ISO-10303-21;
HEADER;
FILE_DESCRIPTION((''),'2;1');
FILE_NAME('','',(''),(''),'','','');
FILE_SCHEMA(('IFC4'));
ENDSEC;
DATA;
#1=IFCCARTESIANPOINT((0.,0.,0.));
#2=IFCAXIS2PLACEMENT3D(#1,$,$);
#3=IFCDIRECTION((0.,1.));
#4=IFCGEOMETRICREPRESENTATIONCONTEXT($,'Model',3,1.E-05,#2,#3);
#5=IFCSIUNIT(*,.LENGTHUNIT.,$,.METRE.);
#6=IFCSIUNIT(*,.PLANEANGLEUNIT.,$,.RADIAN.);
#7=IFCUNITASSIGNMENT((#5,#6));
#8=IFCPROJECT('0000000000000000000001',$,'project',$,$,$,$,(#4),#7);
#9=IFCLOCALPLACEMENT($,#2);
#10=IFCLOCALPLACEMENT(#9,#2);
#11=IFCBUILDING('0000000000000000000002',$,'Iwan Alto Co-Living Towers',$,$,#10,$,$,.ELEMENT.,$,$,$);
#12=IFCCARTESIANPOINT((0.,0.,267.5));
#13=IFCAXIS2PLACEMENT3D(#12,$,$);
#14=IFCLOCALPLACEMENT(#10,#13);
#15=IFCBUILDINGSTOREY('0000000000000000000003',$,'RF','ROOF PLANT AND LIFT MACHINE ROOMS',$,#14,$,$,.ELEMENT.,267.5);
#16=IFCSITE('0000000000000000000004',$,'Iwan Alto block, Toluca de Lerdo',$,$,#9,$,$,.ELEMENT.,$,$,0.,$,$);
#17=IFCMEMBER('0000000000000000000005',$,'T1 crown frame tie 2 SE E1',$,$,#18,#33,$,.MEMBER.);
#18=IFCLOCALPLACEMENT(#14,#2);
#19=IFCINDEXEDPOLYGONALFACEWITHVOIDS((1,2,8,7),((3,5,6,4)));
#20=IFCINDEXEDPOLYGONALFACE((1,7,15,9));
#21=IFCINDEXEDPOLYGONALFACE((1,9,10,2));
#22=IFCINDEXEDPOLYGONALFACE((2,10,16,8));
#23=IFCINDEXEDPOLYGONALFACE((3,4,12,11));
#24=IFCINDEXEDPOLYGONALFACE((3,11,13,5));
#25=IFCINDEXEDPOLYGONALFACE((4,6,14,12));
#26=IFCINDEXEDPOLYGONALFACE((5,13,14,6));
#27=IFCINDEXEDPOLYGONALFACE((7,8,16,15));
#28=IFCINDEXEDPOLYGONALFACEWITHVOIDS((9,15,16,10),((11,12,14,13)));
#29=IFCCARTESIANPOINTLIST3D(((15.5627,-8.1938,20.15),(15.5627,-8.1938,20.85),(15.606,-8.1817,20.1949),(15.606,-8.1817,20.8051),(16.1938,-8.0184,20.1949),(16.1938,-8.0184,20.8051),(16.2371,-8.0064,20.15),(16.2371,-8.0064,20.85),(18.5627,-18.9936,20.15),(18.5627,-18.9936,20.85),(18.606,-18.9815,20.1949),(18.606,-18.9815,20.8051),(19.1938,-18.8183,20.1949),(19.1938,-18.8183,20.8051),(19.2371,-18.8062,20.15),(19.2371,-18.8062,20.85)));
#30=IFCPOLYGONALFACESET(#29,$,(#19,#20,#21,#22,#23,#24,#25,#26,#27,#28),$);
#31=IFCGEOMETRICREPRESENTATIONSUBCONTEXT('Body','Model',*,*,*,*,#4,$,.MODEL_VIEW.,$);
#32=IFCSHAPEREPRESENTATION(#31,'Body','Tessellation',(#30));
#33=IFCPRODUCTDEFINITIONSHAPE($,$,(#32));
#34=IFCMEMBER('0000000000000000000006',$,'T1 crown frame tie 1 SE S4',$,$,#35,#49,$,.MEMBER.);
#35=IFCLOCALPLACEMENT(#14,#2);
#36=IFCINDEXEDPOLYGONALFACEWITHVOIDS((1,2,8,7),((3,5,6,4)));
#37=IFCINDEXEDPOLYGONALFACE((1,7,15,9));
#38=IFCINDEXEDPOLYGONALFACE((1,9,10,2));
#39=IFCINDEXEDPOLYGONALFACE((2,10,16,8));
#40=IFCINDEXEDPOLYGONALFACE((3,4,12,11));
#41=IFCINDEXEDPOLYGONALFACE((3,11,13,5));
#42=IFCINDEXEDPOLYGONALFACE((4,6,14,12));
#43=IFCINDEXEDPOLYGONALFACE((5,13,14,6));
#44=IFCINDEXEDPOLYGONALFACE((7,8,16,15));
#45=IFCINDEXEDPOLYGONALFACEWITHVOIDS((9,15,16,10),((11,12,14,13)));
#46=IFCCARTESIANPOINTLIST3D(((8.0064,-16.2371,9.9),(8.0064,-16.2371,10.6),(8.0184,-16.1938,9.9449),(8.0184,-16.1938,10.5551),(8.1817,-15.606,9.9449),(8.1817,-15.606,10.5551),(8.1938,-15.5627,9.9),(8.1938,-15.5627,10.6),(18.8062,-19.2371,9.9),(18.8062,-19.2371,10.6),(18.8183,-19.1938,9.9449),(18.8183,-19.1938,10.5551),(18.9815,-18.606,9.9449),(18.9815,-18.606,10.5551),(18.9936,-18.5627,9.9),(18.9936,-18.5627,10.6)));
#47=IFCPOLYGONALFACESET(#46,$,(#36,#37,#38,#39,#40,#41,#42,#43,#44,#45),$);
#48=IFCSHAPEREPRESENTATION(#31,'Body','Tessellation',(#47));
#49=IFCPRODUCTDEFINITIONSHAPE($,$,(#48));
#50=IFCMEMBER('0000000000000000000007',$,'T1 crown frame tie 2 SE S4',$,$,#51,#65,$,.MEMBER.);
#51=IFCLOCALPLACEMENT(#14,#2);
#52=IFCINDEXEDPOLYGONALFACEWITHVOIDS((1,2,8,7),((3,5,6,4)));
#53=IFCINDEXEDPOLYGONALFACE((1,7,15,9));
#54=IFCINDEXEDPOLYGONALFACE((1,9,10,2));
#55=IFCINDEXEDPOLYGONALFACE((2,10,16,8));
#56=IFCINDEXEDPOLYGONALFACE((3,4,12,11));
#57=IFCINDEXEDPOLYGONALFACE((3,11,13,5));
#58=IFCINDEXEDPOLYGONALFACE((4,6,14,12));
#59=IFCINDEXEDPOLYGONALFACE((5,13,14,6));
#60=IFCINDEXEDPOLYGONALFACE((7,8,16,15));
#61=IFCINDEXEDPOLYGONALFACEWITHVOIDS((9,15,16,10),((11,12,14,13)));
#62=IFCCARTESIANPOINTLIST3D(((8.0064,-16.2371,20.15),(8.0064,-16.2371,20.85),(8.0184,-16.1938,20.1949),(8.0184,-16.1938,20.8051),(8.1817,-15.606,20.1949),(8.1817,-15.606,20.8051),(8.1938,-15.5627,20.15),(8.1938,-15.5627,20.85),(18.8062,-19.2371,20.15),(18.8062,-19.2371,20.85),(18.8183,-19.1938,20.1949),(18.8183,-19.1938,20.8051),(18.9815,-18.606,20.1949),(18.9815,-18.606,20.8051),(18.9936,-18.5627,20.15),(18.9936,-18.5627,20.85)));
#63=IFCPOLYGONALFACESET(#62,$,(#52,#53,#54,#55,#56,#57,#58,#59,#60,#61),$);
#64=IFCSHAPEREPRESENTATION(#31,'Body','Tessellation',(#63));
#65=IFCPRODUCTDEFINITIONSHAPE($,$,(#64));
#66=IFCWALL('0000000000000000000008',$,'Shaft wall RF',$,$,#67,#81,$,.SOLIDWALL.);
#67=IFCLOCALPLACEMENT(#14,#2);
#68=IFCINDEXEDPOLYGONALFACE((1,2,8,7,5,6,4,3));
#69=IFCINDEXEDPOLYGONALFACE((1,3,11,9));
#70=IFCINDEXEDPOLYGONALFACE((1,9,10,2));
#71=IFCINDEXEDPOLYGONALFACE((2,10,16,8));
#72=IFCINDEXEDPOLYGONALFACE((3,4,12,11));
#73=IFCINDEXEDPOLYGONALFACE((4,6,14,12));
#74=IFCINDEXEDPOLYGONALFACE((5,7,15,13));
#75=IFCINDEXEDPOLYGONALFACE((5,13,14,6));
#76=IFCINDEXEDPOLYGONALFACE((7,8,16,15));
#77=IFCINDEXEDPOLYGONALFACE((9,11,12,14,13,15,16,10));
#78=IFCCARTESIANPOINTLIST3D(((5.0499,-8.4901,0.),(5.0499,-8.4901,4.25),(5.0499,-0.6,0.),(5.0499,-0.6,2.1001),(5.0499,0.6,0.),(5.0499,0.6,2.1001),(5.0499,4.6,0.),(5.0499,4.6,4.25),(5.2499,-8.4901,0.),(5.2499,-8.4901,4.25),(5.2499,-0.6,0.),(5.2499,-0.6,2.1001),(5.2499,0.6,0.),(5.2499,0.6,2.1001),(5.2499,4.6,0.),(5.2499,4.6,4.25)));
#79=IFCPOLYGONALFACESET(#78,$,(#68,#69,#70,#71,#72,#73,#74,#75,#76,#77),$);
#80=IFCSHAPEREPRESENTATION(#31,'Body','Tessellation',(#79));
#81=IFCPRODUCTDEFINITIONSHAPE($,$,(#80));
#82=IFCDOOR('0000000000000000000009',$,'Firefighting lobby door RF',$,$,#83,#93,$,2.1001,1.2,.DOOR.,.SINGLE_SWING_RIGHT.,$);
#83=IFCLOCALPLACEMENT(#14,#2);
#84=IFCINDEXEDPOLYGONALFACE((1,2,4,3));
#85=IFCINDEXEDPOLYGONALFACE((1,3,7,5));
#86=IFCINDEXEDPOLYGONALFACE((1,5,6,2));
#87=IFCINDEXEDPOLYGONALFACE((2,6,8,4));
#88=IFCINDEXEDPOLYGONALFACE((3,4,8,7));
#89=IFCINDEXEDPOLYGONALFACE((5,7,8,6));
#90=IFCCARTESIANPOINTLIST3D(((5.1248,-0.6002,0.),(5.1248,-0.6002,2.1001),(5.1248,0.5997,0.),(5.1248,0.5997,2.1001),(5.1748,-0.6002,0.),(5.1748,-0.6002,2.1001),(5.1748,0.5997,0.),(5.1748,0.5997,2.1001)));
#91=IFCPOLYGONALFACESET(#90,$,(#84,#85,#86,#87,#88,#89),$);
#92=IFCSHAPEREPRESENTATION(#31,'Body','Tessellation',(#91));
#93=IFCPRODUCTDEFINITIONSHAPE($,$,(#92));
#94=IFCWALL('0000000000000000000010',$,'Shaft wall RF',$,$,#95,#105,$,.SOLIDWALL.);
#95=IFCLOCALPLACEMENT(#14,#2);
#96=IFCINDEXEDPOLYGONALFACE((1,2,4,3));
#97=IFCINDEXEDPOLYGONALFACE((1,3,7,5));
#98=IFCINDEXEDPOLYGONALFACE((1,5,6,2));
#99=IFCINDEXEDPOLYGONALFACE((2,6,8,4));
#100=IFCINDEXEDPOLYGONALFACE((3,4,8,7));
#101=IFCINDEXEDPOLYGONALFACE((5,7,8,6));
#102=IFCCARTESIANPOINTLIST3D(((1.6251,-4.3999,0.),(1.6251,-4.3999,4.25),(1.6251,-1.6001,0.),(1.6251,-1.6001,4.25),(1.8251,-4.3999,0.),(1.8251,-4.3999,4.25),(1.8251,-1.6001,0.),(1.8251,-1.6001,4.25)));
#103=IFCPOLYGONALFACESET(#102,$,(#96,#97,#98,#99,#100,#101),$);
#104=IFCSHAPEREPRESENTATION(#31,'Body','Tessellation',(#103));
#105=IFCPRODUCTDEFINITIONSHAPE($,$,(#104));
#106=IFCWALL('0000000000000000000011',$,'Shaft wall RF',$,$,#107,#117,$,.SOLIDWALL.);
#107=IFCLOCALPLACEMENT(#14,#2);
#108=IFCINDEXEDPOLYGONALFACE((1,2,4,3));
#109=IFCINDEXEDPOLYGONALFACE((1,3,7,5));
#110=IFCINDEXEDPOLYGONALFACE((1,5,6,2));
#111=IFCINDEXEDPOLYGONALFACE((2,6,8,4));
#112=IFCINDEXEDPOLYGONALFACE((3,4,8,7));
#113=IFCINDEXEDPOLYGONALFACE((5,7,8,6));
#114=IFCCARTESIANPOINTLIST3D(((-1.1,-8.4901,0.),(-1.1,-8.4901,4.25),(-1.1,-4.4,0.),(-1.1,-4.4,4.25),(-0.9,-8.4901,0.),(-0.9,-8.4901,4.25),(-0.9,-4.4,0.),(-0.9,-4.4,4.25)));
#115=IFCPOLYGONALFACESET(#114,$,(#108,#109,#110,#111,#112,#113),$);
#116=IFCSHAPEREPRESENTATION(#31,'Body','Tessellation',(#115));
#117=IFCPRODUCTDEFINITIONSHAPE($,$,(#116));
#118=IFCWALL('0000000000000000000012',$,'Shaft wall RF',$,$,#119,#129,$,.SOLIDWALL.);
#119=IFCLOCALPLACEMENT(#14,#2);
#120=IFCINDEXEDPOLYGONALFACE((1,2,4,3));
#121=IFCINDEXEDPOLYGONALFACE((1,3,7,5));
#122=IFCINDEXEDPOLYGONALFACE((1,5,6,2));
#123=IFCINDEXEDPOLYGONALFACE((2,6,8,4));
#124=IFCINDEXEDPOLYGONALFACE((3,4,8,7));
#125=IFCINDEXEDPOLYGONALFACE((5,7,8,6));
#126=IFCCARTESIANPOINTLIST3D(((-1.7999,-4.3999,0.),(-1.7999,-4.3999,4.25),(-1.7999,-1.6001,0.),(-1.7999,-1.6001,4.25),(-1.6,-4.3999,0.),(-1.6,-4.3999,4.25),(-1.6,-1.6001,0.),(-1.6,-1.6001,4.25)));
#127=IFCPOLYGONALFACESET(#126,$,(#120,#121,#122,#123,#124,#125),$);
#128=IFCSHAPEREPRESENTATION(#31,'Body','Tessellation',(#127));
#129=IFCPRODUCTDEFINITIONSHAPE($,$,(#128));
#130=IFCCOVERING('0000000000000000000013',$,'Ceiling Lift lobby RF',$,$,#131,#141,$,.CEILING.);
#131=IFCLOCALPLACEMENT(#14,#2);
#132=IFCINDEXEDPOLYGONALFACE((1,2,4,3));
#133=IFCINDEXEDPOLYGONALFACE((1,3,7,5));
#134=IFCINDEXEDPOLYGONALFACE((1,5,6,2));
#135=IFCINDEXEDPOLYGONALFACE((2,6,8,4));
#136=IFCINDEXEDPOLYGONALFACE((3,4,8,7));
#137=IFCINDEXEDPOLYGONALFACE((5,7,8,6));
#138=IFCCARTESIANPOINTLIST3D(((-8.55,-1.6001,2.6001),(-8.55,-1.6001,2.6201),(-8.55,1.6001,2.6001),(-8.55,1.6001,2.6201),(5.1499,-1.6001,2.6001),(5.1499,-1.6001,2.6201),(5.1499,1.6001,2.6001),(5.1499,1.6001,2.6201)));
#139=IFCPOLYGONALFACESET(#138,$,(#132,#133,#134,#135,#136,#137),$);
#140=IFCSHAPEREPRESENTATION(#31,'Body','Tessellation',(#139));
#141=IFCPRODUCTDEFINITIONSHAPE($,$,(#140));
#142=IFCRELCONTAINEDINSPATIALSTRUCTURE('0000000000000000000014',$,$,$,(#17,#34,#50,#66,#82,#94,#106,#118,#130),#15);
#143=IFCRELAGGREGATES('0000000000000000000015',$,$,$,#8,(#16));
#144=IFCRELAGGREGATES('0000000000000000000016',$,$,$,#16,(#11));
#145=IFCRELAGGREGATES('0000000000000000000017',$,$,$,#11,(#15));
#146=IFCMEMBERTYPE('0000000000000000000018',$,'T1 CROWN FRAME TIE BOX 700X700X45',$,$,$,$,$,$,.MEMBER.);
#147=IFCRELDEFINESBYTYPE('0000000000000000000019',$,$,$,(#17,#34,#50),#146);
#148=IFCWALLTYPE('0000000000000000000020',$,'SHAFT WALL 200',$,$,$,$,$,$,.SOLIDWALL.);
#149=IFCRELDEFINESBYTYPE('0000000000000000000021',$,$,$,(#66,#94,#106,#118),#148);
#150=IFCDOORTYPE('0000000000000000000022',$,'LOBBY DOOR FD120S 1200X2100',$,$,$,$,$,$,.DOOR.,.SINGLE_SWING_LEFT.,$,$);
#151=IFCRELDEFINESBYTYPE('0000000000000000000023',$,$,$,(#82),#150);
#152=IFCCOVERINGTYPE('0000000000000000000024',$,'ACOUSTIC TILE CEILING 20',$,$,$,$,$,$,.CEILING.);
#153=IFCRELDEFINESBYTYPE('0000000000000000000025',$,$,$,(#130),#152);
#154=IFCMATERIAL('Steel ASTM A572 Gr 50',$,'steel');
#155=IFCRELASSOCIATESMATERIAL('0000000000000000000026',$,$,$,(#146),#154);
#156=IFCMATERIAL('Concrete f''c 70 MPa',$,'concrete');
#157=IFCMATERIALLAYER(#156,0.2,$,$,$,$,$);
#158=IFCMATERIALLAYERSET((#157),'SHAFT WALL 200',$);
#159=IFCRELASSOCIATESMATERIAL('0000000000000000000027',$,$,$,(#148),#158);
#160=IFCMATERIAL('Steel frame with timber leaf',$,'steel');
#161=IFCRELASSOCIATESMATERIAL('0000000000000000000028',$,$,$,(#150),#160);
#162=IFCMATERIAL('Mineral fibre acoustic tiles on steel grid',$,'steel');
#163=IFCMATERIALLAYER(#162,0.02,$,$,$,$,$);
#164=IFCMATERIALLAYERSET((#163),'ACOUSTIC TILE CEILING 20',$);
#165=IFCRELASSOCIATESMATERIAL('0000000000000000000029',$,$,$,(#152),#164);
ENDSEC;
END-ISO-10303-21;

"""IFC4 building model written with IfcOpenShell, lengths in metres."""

from ifc_helpers import new_model, si_unit, direction, frame, frame_2d, origin, origin_2d, place, context, subcontext, project, spatial, polyline, rectangle, hollow_rectangle, outline, extrude, material, layer, layer_set, material_profile, profile_set, type_object, element, fill, save


model = new_model("IFC4")

# Units and contexts
model_context = context("Model", 3, precision=1e-05, world=origin(), true_north=direction((0.0, 1.0)))
body_context = subcontext(model_context, "Body", "Model", "MODEL_VIEW")
ifc_project = project(units=[si_unit("LENGTHUNIT", "METRE"), si_unit("PLANEANGLEUNIT", "RADIAN")], contexts=[model_context])

# Site, building, storey
site_placement = place(None, origin())
site = spatial("IfcSite", under=ifc_project, at=site_placement, Name="Iwan Alto block, Toluca de Lerdo", CompositionType="ELEMENT", RefElevation=0.0)
building_placement = place(site_placement, origin())
building = spatial("IfcBuilding", under=site, at=building_placement, Name="Iwan Alto Co-Living Towers", CompositionType="ELEMENT")
storey_placement = place(building_placement, frame((0.0, 0.0, 267.5)))
storey = spatial("IfcBuildingStorey", under=building, at=storey_placement, Name="RF", Description="ROOF PLANT AND LIFT MACHINE ROOMS", CompositionType="ELEMENT", Elevation=267.5)

# Members
ifc_material_1 = material(Name="Steel ASTM A572 Gr 50", Category="steel")
ifc_material_profile_1 = material_profile(ifc_material_1, hollow_rectangle(XDim=0.7, YDim=0.7, WallThickness=0.0449, at=origin_2d()), Name="BOX 700X700X45")
ifc_profile_set_1 = profile_set([ifc_material_profile_1], Name="Steel ASTM A572 Gr 50")
member_type_1 = type_object("IfcMemberType", Name="T1 CROWN FRAME TIE BOX 700X700X45", PredefinedType="MEMBER", material=ifc_profile_set_1)
for number, where, z_axis, x_axis, name in (
    (1, (18.8999, -18.8999, 20.5), (-0.267648, 0.963517, 0.0), (-0.963517, -0.267648, 0.0), "T1 crown frame tie 2 SE E1"),
    (2, (18.8999, -18.8999, 10.25), (-0.963517, 0.267648, 0.0), (-0.267648, -0.963517, 0.0), "T1 crown frame tie 1 SE S4"),
    (3, (18.8999, -18.8999, 20.5), (-0.963517, 0.267648, 0.0), (-0.267648, -0.963517, 0.0), "T1 crown frame tie 2 SE S4"),
):
    element("IfcMember", number, at=place(storey_placement, frame(where, z_axis=z_axis, x_axis=x_axis)), inside=storey, type_object=member_type_1, Name=name, PredefinedType="MEMBER", context=body_context, shape_type="SweptSolid", body=[
        extrude(hollow_rectangle(XDim=0.7, YDim=0.7, WallThickness=0.0449, at=origin_2d()), origin(), (0.0, 0.0, 1.0), 11.2087),
    ])

# Wall, opening, door
ifc_material_2 = material(Name="Concrete f'c 70 MPa", Category="concrete")
ifc_layer_1 = layer(ifc_material_2, 0.2)
ifc_layer_set_1 = layer_set([ifc_layer_1], Name="SHAFT WALL 200")
wall_type = type_object("IfcWallType", Name="SHAFT WALL 200", PredefinedType="SOLIDWALL", material=ifc_layer_set_1)
wall_1_placement = place(storey_placement, frame((5.1499, -8.49, 0.0), z_axis=(0.0, 0.0, 1.0), x_axis=(0.0, 1.0, 0.0)))
wall_1 = element("IfcWall", 4, at=wall_1_placement, inside=storey, type_object=wall_type, Name="Shaft wall RF", PredefinedType="SOLIDWALL", context=body_context, shape_type="SweptSolid", body=[
    extrude(rectangle(XDim=13.0901, YDim=0.2, at=frame_2d((6.5449, 0.0))), origin(), (0.0, 0.0, 1.0), 4.25),
])
opening_placement = place(wall_1_placement, frame((7.8899, 0.0, 0.0)))
opening = element("IfcOpeningElement", 5, at=opening_placement, cuts=wall_1, PredefinedType="OPENING", context=body_context, shape_type="SweptSolid", body=[
    extrude(rectangle(XDim=1.2, YDim=2.1001, at=frame_2d((0.6001, 1.05))), frame((0.0, 0.1099, 0.0), z_axis=(0.0, -1.0, 0.0), x_axis=(1.0, 0.0, 0.0)), (0.0, 0.0, 1.0), 0.22),
])
ifc_material_3 = material(Name="Steel frame with timber leaf", Category="steel")
door_type = type_object("IfcDoorType", Name="LOBBY DOOR FD120S 1200X2100", OperationType="SINGLE_SWING_LEFT", PredefinedType="DOOR", material=ifc_material_3)
door_placement = place(opening_placement, frame((1.2, 0.0, 0.0), z_axis=(0.0, 0.0, 1.0), x_axis=(-1.0, 0.0, 0.0)))
door = element("IfcDoor", 6, at=door_placement, inside=storey, type_object=door_type, Name="Firefighting lobby door RF", OperationType="SINGLE_SWING_RIGHT", OverallHeight=2.1001, OverallWidth=1.2, PredefinedType="DOOR", context=body_context, shape_type="SweptSolid", body=[
    extrude(rectangle(XDim=1.2, YDim=2.1001, at=frame_2d((0.6001, 1.05))), frame((0.0, 0.0249, 0.0), z_axis=(0.0, -1.0, 0.0), x_axis=(1.0, 0.0, 0.0)), (0.0, 0.0, 1.0), 0.05),
])
fill(opening, door)

# Walls
wall_2_placement = place(storey_placement, frame((1.7251, -4.3999, 0.0), z_axis=(0.0, 0.0, 1.0), x_axis=(0.0, 1.0, 0.0)))
element("IfcWall", 7, at=wall_2_placement, inside=storey, type_object=wall_type, Name="Shaft wall RF", PredefinedType="SOLIDWALL", context=body_context, shape_type="SweptSolid", body=[
    extrude(rectangle(XDim=2.7998, YDim=0.2, at=frame_2d((1.3999, 0.0))), origin(), (0.0, 0.0, 1.0), 4.25),
])
wall_3_placement = place(storey_placement, frame((-1.0, -8.49, 0.0), z_axis=(0.0, 0.0, 1.0), x_axis=(0.0, 1.0, 0.0)))
element("IfcWall", 8, at=wall_3_placement, inside=storey, type_object=wall_type, Name="Shaft wall RF", PredefinedType="SOLIDWALL", context=body_context, shape_type="SweptSolid", body=[
    extrude(rectangle(XDim=4.0901, YDim=0.2, at=frame_2d((2.0449, 0.0))), origin(), (0.0, 0.0, 1.0), 4.25),
])
wall_4_placement = place(storey_placement, frame((-1.7, -4.3999, 0.0), z_axis=(0.0, 0.0, 1.0), x_axis=(0.0, 1.0, 0.0)))
element("IfcWall", 9, at=wall_4_placement, inside=storey, type_object=wall_type, Name="Shaft wall RF", PredefinedType="SOLIDWALL", context=body_context, shape_type="SweptSolid", body=[
    extrude(rectangle(XDim=2.7998, YDim=0.2, at=frame_2d((1.3999, 0.0))), origin(), (0.0, 0.0, 1.0), 4.25),
])

# Covering
ifc_material_4 = material(Name="Mineral fibre acoustic tiles on steel grid", Category="steel")
ifc_layer_2 = layer(ifc_material_4, 0.02)
ifc_layer_set_2 = layer_set([ifc_layer_2], Name="ACOUSTIC TILE CEILING 20")
covering_type = type_object("IfcCoveringType", Name="ACOUSTIC TILE CEILING 20", PredefinedType="CEILING", material=ifc_layer_set_2)
covering_placement = place(storey_placement, frame((0.0, 0.0, 2.6001)))
element("IfcCovering", 10, at=covering_placement, inside=storey, type_object=covering_type, Name="Ceiling Lift lobby RF", PredefinedType="CEILING", context=body_context, shape_type="SweptSolid", body=[
    extrude(outline(polyline([(-8.55, -1.6001), (-8.55, 1.6001), (5.1499, 1.6001), (5.1499, -1.6001), (-8.55, -1.6001)])), origin(), (0.0, 0.0, 1.0), 0.02),
])

save(model, "model.ifc")
